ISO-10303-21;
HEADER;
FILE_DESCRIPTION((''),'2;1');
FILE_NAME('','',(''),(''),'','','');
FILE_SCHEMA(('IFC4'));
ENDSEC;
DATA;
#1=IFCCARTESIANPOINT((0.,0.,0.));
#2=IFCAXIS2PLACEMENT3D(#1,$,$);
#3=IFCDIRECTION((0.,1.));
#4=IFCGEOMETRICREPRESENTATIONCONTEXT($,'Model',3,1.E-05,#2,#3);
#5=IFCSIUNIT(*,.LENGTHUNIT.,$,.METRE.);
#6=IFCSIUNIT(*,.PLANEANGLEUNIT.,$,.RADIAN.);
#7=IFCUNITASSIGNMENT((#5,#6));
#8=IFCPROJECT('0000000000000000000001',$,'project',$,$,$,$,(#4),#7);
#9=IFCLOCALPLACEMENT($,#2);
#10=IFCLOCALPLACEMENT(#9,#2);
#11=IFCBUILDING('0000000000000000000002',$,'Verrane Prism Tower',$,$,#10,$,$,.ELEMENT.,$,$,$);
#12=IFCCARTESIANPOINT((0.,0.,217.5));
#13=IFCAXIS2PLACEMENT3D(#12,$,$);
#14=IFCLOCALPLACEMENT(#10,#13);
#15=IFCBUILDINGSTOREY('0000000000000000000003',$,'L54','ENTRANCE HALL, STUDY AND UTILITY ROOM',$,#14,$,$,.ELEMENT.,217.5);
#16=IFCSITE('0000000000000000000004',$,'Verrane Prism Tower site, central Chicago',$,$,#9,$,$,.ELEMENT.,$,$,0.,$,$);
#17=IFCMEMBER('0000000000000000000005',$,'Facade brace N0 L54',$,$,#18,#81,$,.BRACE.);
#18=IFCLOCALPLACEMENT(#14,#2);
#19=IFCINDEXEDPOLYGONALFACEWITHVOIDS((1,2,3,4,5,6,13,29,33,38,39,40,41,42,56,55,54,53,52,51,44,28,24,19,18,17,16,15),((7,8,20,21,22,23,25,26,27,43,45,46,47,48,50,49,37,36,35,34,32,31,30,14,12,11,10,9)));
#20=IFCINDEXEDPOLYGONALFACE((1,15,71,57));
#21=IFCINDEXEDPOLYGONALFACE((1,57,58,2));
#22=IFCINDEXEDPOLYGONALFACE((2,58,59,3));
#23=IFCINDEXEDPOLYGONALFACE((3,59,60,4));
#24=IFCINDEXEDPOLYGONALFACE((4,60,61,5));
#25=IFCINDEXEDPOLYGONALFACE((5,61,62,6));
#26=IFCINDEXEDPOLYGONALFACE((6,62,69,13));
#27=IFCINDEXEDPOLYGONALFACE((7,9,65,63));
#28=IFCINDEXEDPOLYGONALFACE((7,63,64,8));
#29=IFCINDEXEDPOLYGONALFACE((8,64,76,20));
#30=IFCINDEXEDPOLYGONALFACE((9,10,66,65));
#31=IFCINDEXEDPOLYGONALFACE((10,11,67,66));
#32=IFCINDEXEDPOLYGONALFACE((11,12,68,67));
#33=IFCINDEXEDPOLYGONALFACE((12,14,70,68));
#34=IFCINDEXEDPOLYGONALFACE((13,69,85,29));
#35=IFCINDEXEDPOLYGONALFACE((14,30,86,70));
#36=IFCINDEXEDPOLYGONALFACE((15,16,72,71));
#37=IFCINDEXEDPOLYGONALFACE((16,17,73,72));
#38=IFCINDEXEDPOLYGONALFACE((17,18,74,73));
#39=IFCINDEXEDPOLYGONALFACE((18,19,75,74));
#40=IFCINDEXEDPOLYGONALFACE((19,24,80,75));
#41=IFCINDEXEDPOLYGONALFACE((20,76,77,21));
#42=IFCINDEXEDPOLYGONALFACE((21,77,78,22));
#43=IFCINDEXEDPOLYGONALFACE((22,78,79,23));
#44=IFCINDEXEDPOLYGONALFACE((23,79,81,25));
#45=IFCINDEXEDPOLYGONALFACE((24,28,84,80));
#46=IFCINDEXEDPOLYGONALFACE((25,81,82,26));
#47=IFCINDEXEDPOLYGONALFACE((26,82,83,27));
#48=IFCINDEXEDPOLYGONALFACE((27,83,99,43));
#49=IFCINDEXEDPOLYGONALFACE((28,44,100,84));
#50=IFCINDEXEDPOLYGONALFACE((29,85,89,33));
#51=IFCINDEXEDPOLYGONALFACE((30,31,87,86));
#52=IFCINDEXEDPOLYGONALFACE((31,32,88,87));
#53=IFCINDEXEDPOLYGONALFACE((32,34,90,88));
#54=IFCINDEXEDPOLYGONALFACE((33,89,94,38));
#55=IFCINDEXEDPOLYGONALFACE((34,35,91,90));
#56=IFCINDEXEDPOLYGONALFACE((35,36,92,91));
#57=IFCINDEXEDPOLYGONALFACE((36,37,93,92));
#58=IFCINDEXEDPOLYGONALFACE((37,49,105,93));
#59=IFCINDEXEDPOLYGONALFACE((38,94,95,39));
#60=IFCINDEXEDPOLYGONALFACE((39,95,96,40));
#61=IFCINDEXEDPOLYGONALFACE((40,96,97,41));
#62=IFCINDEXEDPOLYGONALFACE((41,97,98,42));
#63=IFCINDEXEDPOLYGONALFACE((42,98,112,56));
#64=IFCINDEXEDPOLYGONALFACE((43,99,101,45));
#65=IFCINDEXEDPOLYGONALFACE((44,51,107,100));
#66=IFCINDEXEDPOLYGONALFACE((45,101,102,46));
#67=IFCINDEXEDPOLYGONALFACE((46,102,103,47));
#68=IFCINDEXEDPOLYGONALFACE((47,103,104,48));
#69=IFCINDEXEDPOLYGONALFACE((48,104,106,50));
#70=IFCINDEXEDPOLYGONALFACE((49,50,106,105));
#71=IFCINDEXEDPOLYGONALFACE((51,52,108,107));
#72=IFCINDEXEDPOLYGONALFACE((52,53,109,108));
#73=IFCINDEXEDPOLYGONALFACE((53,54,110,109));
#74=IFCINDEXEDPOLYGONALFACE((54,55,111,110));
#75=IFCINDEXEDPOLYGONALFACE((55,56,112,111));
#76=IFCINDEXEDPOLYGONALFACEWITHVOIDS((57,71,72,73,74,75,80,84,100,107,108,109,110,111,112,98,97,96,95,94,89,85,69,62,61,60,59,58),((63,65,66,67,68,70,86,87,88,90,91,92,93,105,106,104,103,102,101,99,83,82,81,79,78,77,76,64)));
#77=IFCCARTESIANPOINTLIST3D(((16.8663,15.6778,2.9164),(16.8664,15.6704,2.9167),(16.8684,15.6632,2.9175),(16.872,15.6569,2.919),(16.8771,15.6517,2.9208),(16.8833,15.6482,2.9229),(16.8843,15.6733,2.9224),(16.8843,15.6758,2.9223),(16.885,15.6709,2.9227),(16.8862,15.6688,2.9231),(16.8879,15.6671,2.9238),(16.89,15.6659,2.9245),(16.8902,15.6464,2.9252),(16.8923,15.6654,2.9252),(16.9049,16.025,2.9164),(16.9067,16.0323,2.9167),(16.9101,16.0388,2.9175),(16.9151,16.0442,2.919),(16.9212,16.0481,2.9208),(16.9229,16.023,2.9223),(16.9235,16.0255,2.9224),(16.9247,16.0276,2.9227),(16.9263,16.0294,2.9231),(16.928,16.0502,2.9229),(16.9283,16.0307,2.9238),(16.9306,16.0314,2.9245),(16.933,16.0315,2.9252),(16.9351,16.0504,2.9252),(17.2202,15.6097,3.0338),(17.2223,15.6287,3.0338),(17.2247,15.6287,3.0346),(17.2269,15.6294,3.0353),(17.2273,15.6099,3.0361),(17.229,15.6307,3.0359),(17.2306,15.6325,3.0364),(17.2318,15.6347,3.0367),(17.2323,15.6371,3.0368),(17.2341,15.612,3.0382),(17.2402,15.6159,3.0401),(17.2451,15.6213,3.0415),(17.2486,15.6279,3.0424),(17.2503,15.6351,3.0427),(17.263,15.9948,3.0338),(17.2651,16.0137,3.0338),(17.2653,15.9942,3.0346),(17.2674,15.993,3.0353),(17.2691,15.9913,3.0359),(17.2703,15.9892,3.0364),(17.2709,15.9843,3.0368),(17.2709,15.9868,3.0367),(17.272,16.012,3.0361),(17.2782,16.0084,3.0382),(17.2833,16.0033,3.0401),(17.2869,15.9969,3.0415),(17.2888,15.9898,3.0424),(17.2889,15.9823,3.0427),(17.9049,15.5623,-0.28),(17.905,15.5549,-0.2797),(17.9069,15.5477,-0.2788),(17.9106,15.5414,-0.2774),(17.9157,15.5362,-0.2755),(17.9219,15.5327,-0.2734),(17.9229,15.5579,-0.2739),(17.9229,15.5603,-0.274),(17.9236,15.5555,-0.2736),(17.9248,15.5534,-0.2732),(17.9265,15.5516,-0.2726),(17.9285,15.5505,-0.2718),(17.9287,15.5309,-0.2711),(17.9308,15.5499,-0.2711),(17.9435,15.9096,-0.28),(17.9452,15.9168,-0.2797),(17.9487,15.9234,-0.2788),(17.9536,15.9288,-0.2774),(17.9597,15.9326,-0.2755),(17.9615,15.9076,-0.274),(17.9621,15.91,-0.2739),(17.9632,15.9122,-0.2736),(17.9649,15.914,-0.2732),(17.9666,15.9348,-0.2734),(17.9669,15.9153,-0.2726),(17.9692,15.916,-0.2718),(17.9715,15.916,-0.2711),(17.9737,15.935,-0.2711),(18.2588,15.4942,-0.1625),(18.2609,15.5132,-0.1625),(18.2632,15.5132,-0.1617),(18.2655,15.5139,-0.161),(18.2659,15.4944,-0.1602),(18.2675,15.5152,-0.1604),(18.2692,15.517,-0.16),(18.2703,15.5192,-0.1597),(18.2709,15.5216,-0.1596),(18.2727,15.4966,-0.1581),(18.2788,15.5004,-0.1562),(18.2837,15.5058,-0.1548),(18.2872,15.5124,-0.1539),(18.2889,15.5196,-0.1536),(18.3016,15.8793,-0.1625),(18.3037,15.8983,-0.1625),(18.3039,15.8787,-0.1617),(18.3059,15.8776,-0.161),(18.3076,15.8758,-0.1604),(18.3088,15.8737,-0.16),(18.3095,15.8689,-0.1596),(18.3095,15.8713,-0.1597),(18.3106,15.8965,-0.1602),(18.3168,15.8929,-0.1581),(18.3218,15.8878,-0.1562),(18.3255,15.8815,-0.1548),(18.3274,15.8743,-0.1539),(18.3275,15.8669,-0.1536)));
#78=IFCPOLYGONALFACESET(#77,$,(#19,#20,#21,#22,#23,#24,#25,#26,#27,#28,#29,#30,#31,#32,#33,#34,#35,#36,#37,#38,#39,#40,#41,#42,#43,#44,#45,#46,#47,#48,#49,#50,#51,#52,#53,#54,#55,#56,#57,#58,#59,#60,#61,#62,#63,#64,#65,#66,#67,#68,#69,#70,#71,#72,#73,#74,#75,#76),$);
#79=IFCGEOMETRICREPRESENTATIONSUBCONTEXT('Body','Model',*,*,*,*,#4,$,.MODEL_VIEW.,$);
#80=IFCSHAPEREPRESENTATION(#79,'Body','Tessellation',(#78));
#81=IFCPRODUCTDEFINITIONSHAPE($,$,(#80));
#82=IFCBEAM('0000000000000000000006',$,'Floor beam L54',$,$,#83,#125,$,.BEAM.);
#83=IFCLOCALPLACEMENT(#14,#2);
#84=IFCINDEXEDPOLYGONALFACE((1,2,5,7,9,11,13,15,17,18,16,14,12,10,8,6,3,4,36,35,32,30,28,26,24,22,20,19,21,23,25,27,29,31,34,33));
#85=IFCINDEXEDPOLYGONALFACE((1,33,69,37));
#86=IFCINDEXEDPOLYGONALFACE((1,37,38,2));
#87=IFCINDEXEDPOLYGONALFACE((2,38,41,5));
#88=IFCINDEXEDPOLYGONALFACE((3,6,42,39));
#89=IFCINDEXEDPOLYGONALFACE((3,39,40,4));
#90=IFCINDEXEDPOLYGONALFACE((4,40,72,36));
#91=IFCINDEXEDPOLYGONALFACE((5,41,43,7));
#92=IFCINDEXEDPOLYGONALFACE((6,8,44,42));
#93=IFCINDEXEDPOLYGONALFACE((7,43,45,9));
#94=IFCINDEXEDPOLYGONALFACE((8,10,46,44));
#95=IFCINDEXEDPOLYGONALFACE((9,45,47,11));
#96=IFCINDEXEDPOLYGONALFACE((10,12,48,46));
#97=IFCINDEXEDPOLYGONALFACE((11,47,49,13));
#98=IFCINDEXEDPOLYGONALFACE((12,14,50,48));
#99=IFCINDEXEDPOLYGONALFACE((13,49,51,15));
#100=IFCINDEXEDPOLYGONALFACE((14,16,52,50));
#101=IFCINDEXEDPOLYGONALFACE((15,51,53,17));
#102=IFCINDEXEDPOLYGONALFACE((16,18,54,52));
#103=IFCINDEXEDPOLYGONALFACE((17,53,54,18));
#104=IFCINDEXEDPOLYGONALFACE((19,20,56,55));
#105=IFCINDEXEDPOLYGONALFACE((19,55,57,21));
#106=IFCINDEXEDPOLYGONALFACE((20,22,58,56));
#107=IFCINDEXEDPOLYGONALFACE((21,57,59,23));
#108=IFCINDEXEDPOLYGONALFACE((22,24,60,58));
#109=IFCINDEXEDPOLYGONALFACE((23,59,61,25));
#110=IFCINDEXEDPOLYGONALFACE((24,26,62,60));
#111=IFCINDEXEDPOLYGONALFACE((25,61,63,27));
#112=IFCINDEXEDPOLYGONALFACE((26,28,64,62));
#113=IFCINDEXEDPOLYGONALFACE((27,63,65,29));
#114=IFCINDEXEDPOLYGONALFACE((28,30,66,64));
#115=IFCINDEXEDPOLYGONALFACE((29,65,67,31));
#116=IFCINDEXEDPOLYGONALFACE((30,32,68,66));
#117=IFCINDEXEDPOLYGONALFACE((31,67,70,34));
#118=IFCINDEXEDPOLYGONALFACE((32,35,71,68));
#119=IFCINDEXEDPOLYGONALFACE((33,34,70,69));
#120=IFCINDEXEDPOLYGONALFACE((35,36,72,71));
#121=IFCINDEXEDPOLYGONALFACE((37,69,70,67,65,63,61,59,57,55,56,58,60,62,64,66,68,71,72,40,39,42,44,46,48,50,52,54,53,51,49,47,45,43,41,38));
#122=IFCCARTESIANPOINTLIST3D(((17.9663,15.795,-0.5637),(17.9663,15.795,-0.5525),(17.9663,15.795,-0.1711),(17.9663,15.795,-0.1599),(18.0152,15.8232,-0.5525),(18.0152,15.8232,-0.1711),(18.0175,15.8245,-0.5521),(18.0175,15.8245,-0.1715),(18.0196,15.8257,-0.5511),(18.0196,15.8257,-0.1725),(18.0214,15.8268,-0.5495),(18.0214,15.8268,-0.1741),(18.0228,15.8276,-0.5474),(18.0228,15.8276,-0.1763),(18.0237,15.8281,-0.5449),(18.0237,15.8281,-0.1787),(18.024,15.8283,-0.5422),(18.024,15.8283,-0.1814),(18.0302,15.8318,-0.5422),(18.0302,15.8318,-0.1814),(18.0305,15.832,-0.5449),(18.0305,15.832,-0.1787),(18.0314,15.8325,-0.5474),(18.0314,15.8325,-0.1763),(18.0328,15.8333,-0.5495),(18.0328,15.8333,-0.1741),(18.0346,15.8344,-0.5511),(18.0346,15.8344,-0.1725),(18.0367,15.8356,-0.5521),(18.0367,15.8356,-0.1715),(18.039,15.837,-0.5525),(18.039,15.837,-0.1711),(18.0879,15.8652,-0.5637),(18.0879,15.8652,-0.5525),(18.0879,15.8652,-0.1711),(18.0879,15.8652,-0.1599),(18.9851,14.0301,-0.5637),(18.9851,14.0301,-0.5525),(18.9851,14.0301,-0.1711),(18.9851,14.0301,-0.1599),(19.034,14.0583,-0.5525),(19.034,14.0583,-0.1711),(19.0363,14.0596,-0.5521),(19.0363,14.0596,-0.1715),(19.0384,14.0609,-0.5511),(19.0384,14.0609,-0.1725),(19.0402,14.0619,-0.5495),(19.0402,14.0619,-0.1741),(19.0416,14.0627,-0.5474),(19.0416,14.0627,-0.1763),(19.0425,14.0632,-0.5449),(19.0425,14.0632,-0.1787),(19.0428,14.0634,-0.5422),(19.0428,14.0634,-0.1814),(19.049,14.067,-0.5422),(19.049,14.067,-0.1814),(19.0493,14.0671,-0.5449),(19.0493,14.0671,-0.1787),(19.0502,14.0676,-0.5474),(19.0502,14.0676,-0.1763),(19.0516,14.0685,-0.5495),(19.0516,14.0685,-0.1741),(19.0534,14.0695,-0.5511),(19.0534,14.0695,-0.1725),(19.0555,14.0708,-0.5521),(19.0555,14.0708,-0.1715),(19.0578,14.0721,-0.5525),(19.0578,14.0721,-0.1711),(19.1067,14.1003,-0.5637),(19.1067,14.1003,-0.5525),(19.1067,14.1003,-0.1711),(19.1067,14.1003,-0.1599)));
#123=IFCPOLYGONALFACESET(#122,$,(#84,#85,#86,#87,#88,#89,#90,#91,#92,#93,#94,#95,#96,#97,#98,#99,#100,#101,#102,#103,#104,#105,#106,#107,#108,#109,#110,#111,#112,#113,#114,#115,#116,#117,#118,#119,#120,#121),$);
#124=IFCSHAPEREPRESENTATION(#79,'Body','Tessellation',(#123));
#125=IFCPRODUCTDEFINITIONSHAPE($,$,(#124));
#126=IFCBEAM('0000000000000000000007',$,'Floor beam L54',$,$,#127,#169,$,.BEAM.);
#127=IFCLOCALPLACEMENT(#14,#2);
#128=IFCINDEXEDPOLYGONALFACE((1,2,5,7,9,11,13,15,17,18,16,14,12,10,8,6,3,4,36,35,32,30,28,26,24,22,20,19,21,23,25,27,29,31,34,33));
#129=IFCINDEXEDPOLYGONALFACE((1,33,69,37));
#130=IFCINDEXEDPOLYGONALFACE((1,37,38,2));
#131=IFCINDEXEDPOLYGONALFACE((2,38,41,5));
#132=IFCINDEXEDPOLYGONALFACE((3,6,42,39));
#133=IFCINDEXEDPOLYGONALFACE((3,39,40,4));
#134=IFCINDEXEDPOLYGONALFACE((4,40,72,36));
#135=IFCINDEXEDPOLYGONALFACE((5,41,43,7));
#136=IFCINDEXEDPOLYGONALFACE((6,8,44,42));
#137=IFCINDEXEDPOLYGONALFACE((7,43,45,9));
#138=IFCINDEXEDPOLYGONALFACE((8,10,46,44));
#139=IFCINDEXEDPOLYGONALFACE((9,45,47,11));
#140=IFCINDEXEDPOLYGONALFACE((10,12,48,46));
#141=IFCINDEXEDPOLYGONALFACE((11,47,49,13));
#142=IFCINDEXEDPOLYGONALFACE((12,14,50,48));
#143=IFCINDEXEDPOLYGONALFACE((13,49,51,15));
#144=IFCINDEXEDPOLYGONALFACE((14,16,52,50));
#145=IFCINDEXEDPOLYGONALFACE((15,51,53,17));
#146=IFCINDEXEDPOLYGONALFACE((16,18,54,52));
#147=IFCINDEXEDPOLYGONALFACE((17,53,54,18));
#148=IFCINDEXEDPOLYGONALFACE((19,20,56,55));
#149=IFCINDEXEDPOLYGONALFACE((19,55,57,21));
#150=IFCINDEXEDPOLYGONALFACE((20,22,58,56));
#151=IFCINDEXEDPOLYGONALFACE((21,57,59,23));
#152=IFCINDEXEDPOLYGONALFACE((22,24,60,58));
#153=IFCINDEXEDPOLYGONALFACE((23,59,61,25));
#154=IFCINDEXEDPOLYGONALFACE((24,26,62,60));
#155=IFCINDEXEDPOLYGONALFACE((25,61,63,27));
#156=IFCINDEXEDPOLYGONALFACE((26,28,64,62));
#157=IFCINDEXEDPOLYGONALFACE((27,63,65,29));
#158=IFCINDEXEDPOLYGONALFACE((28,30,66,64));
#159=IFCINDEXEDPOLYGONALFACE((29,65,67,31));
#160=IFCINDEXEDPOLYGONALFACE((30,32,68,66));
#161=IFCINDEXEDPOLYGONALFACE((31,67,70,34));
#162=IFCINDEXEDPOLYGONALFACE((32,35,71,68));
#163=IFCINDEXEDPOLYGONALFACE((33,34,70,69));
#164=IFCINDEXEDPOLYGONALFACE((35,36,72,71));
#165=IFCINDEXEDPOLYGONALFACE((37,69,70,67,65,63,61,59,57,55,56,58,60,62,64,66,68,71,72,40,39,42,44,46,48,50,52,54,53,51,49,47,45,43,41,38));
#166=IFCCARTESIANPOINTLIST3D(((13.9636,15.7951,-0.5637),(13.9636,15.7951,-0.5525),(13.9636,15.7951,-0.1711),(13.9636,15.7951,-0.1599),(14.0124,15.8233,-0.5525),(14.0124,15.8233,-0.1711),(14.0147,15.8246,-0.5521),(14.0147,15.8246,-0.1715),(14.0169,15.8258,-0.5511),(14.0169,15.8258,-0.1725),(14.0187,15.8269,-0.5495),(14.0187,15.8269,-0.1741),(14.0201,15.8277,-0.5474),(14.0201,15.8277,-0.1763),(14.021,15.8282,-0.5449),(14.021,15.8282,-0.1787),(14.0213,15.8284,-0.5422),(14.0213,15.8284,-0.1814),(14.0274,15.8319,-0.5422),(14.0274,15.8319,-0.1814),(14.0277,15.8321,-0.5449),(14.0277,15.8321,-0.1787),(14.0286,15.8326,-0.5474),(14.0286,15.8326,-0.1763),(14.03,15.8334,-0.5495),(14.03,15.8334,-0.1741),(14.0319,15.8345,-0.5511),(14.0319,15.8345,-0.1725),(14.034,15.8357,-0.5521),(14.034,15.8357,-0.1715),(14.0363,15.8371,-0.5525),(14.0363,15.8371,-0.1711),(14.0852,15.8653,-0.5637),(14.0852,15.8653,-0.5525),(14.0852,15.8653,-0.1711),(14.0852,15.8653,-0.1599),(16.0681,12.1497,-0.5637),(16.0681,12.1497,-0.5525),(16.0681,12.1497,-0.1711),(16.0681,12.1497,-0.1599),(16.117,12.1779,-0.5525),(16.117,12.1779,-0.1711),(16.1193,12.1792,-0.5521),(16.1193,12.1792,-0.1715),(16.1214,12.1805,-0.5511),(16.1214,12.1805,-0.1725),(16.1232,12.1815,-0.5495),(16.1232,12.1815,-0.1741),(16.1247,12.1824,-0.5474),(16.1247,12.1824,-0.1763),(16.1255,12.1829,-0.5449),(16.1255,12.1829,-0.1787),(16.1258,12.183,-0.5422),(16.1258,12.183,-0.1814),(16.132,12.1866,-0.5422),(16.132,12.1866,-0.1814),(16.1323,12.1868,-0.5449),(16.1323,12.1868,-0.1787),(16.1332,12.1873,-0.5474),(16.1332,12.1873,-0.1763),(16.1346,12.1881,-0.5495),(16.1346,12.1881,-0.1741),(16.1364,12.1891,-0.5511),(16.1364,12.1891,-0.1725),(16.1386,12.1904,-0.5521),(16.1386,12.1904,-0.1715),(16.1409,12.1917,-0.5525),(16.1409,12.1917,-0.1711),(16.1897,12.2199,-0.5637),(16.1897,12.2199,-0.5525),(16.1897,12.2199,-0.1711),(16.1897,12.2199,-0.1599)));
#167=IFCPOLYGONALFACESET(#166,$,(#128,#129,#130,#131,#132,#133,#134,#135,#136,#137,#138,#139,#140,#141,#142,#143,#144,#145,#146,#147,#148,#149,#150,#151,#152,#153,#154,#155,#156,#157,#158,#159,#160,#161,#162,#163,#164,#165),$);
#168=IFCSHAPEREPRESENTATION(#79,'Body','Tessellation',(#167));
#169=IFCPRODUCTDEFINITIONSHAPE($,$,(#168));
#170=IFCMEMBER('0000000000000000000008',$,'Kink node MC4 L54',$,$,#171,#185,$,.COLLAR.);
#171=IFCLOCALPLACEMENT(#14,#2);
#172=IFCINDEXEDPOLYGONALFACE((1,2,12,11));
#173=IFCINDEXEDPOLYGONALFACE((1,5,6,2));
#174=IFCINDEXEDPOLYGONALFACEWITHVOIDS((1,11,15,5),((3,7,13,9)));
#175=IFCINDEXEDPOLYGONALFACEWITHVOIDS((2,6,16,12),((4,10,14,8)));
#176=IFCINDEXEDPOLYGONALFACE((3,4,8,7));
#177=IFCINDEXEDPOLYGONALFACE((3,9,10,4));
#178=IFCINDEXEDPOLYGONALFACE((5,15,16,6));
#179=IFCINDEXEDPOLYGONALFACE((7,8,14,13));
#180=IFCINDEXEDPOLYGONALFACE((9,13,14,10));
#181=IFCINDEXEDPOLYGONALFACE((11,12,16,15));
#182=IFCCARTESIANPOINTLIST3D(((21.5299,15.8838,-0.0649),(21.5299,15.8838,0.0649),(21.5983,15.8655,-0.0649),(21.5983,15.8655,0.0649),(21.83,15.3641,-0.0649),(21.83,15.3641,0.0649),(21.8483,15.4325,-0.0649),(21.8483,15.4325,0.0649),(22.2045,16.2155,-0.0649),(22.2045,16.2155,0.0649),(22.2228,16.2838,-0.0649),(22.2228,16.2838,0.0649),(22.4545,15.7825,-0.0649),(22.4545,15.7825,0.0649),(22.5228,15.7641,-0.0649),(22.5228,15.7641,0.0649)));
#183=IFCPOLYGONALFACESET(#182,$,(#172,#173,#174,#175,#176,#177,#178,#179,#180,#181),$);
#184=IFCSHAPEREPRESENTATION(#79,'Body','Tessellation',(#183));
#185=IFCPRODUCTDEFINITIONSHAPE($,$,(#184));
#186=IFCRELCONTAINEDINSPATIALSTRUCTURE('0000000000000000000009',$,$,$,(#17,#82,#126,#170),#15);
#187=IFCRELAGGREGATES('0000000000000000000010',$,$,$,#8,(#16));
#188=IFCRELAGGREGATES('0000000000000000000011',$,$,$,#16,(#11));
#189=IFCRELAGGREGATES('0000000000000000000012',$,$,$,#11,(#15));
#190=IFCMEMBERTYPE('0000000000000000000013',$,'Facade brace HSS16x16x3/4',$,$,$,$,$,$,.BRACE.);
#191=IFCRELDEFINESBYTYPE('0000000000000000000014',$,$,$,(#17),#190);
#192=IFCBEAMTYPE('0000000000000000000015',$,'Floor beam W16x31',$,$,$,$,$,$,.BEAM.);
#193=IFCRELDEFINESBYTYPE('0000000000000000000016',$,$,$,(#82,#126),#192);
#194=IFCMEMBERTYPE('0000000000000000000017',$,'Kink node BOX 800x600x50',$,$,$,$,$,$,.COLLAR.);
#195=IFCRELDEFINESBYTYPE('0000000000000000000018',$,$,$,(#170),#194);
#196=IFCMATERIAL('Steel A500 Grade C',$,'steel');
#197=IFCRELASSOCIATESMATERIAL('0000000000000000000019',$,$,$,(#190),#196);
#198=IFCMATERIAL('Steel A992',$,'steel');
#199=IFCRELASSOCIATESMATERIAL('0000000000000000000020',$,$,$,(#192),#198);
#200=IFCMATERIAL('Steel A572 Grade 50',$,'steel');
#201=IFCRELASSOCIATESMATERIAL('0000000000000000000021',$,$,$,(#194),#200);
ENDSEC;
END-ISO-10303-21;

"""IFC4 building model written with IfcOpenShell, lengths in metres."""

from ifc_helpers import new_model, si_unit, direction, frame, origin, origin_2d, place, context, subcontext, project, spatial, hollow_rectangle, i_section, extrude, material, material_profile, profile_set, type_object, element, save


model = new_model("IFC4")

# Units and contexts
model_context = context("Model", 3, precision=1e-05, world=origin(), true_north=direction((0.0, 1.0)))
body_context = subcontext(model_context, "Body", "Model", "MODEL_VIEW")
ifc_project = project(units=[si_unit("LENGTHUNIT", "METRE"), si_unit("PLANEANGLEUNIT", "RADIAN")], contexts=[model_context])

# Site, building, storey
site_placement = place(None, origin())
site = spatial("IfcSite", under=ifc_project, at=site_placement, Name="Verrane Prism Tower site, central Chicago", CompositionType="ELEMENT", RefElevation=0.0)
building_placement = place(site_placement, origin())
building = spatial("IfcBuilding", under=site, at=building_placement, Name="Verrane Prism Tower", CompositionType="ELEMENT")
storey_placement = place(building_placement, frame((0.0, 0.0, 217.5)))
storey = spatial("IfcBuildingStorey", under=building, at=storey_placement, Name="L54", Description="ENTRANCE HALL, STUDY AND UTILITY ROOM", CompositionType="ELEMENT", Elevation=217.5)

# Member
ifc_material_1 = material(Name="Steel A500 Grade C", Category="steel")
ifc_material_profile_1 = material_profile(ifc_material_1, hollow_rectangle(XDim=0.4065, YDim=0.4065, WallThickness=0.019, InnerFilletRadius=0.0095, OuterFilletRadius=0.0286, at=origin_2d()), Name="HSS16x16x3/4")
ifc_profile_set_1 = profile_set([ifc_material_profile_1], Name="Steel A500 Grade C")
member_type_1 = type_object("IfcMemberType", Name="Facade brace HSS16x16x3/4", PredefinedType="BRACE", material=ifc_profile_set_1)
member_1_placement = place(storey_placement, frame((18.1162, 15.7146, -0.2168), z_axis=(-0.308845, 0.03434, 0.950492), x_axis=(-0.110508, -0.993875, 0.0)))
element("IfcMember", 1, at=member_1_placement, inside=storey, type_object=member_type_1, Name="Facade brace N0 L54", PredefinedType="BRACE", context=body_context, shape_type="SweptSolid", body=[
    extrude(hollow_rectangle(XDim=0.4065, YDim=0.4065, WallThickness=0.019, InnerFilletRadius=0.0095, OuterFilletRadius=0.0286, at=origin_2d()), origin(), (0.0, 0.0, 1.0), 3.3628),
])

# Beams
ifc_material_2 = material(Name="Steel A992", Category="steel")
ifc_material_profile_2 = material_profile(ifc_material_2, i_section(OverallWidth=0.1404, OverallDepth=0.4038, WebThickness=0.0071, FlangeThickness=0.0112, FilletRadius=0.0103, at=origin_2d()), Name="W16x31")
ifc_profile_set_2 = profile_set([ifc_material_profile_2], Name="Steel A992")
beam_type_1 = type_object("IfcBeamType", Name="Floor beam W16x31", PredefinedType="BEAM", material=ifc_profile_set_2)
beam_1_placement = place(storey_placement, frame((19.0459, 14.0652, -0.3618), z_axis=(-0.49994, 0.86606, 0.0), x_axis=(-0.86606, -0.49994, 0.0)))
element("IfcBeam", 2, at=beam_1_placement, inside=storey, type_object=beam_type_1, Name="Floor beam L54", PredefinedType="BEAM", context=body_context, shape_type="SweptSolid", body=[
    extrude(i_section(OverallWidth=0.1404, OverallDepth=0.4038, WebThickness=0.0071, FlangeThickness=0.0112, FilletRadius=0.0103, at=origin_2d()), origin(), (0.0, 0.0, 1.0), 2.0378),
])
beam_2_placement = place(storey_placement, frame((16.1289, 12.1848, -0.3618), z_axis=(-0.499982, 0.866036, 0.0), x_axis=(-0.866036, -0.499982, 0.0)))
element("IfcBeam", 3, at=beam_2_placement, inside=storey, type_object=beam_type_1, Name="Floor beam L54", PredefinedType="BEAM", context=body_context, shape_type="SweptSolid", body=[
    extrude(i_section(OverallWidth=0.1404, OverallDepth=0.4038, WebThickness=0.0071, FlangeThickness=0.0112, FilletRadius=0.0103, at=origin_2d()), origin(), (0.0, 0.0, 1.0), 4.2092),
])

# Member
ifc_material_3 = material(Name="Steel A572 Grade 50", Category="steel")
ifc_material_profile_3 = material_profile(ifc_material_3, hollow_rectangle(XDim=0.6001, YDim=0.8, WallThickness=0.05, at=origin_2d()), Name="BOX 800x600x50")
ifc_profile_set_3 = profile_set([ifc_material_profile_3], Name="Steel A572 Grade 50")
member_type_2 = type_object("IfcMemberType", Name="Kink node BOX 800x600x50", PredefinedType="COLLAR", material=ifc_profile_set_3)
member_2_placement = place(storey_placement, frame((22.0264, 15.824, -0.0649), z_axis=(0.0, 0.0, 1.0), x_axis=(0.5, -0.866025, 0.0)))
element("IfcMember", 4, at=member_2_placement, inside=storey, type_object=member_type_2, Name="Kink node MC4 L54", PredefinedType="COLLAR", context=body_context, shape_type="SweptSolid", body=[
    extrude(hollow_rectangle(XDim=0.6001, YDim=0.8, WallThickness=0.05, at=origin_2d()), origin(), (0.0, 0.0, 1.0), 0.1299),
])

save(model, "model.ifc")
